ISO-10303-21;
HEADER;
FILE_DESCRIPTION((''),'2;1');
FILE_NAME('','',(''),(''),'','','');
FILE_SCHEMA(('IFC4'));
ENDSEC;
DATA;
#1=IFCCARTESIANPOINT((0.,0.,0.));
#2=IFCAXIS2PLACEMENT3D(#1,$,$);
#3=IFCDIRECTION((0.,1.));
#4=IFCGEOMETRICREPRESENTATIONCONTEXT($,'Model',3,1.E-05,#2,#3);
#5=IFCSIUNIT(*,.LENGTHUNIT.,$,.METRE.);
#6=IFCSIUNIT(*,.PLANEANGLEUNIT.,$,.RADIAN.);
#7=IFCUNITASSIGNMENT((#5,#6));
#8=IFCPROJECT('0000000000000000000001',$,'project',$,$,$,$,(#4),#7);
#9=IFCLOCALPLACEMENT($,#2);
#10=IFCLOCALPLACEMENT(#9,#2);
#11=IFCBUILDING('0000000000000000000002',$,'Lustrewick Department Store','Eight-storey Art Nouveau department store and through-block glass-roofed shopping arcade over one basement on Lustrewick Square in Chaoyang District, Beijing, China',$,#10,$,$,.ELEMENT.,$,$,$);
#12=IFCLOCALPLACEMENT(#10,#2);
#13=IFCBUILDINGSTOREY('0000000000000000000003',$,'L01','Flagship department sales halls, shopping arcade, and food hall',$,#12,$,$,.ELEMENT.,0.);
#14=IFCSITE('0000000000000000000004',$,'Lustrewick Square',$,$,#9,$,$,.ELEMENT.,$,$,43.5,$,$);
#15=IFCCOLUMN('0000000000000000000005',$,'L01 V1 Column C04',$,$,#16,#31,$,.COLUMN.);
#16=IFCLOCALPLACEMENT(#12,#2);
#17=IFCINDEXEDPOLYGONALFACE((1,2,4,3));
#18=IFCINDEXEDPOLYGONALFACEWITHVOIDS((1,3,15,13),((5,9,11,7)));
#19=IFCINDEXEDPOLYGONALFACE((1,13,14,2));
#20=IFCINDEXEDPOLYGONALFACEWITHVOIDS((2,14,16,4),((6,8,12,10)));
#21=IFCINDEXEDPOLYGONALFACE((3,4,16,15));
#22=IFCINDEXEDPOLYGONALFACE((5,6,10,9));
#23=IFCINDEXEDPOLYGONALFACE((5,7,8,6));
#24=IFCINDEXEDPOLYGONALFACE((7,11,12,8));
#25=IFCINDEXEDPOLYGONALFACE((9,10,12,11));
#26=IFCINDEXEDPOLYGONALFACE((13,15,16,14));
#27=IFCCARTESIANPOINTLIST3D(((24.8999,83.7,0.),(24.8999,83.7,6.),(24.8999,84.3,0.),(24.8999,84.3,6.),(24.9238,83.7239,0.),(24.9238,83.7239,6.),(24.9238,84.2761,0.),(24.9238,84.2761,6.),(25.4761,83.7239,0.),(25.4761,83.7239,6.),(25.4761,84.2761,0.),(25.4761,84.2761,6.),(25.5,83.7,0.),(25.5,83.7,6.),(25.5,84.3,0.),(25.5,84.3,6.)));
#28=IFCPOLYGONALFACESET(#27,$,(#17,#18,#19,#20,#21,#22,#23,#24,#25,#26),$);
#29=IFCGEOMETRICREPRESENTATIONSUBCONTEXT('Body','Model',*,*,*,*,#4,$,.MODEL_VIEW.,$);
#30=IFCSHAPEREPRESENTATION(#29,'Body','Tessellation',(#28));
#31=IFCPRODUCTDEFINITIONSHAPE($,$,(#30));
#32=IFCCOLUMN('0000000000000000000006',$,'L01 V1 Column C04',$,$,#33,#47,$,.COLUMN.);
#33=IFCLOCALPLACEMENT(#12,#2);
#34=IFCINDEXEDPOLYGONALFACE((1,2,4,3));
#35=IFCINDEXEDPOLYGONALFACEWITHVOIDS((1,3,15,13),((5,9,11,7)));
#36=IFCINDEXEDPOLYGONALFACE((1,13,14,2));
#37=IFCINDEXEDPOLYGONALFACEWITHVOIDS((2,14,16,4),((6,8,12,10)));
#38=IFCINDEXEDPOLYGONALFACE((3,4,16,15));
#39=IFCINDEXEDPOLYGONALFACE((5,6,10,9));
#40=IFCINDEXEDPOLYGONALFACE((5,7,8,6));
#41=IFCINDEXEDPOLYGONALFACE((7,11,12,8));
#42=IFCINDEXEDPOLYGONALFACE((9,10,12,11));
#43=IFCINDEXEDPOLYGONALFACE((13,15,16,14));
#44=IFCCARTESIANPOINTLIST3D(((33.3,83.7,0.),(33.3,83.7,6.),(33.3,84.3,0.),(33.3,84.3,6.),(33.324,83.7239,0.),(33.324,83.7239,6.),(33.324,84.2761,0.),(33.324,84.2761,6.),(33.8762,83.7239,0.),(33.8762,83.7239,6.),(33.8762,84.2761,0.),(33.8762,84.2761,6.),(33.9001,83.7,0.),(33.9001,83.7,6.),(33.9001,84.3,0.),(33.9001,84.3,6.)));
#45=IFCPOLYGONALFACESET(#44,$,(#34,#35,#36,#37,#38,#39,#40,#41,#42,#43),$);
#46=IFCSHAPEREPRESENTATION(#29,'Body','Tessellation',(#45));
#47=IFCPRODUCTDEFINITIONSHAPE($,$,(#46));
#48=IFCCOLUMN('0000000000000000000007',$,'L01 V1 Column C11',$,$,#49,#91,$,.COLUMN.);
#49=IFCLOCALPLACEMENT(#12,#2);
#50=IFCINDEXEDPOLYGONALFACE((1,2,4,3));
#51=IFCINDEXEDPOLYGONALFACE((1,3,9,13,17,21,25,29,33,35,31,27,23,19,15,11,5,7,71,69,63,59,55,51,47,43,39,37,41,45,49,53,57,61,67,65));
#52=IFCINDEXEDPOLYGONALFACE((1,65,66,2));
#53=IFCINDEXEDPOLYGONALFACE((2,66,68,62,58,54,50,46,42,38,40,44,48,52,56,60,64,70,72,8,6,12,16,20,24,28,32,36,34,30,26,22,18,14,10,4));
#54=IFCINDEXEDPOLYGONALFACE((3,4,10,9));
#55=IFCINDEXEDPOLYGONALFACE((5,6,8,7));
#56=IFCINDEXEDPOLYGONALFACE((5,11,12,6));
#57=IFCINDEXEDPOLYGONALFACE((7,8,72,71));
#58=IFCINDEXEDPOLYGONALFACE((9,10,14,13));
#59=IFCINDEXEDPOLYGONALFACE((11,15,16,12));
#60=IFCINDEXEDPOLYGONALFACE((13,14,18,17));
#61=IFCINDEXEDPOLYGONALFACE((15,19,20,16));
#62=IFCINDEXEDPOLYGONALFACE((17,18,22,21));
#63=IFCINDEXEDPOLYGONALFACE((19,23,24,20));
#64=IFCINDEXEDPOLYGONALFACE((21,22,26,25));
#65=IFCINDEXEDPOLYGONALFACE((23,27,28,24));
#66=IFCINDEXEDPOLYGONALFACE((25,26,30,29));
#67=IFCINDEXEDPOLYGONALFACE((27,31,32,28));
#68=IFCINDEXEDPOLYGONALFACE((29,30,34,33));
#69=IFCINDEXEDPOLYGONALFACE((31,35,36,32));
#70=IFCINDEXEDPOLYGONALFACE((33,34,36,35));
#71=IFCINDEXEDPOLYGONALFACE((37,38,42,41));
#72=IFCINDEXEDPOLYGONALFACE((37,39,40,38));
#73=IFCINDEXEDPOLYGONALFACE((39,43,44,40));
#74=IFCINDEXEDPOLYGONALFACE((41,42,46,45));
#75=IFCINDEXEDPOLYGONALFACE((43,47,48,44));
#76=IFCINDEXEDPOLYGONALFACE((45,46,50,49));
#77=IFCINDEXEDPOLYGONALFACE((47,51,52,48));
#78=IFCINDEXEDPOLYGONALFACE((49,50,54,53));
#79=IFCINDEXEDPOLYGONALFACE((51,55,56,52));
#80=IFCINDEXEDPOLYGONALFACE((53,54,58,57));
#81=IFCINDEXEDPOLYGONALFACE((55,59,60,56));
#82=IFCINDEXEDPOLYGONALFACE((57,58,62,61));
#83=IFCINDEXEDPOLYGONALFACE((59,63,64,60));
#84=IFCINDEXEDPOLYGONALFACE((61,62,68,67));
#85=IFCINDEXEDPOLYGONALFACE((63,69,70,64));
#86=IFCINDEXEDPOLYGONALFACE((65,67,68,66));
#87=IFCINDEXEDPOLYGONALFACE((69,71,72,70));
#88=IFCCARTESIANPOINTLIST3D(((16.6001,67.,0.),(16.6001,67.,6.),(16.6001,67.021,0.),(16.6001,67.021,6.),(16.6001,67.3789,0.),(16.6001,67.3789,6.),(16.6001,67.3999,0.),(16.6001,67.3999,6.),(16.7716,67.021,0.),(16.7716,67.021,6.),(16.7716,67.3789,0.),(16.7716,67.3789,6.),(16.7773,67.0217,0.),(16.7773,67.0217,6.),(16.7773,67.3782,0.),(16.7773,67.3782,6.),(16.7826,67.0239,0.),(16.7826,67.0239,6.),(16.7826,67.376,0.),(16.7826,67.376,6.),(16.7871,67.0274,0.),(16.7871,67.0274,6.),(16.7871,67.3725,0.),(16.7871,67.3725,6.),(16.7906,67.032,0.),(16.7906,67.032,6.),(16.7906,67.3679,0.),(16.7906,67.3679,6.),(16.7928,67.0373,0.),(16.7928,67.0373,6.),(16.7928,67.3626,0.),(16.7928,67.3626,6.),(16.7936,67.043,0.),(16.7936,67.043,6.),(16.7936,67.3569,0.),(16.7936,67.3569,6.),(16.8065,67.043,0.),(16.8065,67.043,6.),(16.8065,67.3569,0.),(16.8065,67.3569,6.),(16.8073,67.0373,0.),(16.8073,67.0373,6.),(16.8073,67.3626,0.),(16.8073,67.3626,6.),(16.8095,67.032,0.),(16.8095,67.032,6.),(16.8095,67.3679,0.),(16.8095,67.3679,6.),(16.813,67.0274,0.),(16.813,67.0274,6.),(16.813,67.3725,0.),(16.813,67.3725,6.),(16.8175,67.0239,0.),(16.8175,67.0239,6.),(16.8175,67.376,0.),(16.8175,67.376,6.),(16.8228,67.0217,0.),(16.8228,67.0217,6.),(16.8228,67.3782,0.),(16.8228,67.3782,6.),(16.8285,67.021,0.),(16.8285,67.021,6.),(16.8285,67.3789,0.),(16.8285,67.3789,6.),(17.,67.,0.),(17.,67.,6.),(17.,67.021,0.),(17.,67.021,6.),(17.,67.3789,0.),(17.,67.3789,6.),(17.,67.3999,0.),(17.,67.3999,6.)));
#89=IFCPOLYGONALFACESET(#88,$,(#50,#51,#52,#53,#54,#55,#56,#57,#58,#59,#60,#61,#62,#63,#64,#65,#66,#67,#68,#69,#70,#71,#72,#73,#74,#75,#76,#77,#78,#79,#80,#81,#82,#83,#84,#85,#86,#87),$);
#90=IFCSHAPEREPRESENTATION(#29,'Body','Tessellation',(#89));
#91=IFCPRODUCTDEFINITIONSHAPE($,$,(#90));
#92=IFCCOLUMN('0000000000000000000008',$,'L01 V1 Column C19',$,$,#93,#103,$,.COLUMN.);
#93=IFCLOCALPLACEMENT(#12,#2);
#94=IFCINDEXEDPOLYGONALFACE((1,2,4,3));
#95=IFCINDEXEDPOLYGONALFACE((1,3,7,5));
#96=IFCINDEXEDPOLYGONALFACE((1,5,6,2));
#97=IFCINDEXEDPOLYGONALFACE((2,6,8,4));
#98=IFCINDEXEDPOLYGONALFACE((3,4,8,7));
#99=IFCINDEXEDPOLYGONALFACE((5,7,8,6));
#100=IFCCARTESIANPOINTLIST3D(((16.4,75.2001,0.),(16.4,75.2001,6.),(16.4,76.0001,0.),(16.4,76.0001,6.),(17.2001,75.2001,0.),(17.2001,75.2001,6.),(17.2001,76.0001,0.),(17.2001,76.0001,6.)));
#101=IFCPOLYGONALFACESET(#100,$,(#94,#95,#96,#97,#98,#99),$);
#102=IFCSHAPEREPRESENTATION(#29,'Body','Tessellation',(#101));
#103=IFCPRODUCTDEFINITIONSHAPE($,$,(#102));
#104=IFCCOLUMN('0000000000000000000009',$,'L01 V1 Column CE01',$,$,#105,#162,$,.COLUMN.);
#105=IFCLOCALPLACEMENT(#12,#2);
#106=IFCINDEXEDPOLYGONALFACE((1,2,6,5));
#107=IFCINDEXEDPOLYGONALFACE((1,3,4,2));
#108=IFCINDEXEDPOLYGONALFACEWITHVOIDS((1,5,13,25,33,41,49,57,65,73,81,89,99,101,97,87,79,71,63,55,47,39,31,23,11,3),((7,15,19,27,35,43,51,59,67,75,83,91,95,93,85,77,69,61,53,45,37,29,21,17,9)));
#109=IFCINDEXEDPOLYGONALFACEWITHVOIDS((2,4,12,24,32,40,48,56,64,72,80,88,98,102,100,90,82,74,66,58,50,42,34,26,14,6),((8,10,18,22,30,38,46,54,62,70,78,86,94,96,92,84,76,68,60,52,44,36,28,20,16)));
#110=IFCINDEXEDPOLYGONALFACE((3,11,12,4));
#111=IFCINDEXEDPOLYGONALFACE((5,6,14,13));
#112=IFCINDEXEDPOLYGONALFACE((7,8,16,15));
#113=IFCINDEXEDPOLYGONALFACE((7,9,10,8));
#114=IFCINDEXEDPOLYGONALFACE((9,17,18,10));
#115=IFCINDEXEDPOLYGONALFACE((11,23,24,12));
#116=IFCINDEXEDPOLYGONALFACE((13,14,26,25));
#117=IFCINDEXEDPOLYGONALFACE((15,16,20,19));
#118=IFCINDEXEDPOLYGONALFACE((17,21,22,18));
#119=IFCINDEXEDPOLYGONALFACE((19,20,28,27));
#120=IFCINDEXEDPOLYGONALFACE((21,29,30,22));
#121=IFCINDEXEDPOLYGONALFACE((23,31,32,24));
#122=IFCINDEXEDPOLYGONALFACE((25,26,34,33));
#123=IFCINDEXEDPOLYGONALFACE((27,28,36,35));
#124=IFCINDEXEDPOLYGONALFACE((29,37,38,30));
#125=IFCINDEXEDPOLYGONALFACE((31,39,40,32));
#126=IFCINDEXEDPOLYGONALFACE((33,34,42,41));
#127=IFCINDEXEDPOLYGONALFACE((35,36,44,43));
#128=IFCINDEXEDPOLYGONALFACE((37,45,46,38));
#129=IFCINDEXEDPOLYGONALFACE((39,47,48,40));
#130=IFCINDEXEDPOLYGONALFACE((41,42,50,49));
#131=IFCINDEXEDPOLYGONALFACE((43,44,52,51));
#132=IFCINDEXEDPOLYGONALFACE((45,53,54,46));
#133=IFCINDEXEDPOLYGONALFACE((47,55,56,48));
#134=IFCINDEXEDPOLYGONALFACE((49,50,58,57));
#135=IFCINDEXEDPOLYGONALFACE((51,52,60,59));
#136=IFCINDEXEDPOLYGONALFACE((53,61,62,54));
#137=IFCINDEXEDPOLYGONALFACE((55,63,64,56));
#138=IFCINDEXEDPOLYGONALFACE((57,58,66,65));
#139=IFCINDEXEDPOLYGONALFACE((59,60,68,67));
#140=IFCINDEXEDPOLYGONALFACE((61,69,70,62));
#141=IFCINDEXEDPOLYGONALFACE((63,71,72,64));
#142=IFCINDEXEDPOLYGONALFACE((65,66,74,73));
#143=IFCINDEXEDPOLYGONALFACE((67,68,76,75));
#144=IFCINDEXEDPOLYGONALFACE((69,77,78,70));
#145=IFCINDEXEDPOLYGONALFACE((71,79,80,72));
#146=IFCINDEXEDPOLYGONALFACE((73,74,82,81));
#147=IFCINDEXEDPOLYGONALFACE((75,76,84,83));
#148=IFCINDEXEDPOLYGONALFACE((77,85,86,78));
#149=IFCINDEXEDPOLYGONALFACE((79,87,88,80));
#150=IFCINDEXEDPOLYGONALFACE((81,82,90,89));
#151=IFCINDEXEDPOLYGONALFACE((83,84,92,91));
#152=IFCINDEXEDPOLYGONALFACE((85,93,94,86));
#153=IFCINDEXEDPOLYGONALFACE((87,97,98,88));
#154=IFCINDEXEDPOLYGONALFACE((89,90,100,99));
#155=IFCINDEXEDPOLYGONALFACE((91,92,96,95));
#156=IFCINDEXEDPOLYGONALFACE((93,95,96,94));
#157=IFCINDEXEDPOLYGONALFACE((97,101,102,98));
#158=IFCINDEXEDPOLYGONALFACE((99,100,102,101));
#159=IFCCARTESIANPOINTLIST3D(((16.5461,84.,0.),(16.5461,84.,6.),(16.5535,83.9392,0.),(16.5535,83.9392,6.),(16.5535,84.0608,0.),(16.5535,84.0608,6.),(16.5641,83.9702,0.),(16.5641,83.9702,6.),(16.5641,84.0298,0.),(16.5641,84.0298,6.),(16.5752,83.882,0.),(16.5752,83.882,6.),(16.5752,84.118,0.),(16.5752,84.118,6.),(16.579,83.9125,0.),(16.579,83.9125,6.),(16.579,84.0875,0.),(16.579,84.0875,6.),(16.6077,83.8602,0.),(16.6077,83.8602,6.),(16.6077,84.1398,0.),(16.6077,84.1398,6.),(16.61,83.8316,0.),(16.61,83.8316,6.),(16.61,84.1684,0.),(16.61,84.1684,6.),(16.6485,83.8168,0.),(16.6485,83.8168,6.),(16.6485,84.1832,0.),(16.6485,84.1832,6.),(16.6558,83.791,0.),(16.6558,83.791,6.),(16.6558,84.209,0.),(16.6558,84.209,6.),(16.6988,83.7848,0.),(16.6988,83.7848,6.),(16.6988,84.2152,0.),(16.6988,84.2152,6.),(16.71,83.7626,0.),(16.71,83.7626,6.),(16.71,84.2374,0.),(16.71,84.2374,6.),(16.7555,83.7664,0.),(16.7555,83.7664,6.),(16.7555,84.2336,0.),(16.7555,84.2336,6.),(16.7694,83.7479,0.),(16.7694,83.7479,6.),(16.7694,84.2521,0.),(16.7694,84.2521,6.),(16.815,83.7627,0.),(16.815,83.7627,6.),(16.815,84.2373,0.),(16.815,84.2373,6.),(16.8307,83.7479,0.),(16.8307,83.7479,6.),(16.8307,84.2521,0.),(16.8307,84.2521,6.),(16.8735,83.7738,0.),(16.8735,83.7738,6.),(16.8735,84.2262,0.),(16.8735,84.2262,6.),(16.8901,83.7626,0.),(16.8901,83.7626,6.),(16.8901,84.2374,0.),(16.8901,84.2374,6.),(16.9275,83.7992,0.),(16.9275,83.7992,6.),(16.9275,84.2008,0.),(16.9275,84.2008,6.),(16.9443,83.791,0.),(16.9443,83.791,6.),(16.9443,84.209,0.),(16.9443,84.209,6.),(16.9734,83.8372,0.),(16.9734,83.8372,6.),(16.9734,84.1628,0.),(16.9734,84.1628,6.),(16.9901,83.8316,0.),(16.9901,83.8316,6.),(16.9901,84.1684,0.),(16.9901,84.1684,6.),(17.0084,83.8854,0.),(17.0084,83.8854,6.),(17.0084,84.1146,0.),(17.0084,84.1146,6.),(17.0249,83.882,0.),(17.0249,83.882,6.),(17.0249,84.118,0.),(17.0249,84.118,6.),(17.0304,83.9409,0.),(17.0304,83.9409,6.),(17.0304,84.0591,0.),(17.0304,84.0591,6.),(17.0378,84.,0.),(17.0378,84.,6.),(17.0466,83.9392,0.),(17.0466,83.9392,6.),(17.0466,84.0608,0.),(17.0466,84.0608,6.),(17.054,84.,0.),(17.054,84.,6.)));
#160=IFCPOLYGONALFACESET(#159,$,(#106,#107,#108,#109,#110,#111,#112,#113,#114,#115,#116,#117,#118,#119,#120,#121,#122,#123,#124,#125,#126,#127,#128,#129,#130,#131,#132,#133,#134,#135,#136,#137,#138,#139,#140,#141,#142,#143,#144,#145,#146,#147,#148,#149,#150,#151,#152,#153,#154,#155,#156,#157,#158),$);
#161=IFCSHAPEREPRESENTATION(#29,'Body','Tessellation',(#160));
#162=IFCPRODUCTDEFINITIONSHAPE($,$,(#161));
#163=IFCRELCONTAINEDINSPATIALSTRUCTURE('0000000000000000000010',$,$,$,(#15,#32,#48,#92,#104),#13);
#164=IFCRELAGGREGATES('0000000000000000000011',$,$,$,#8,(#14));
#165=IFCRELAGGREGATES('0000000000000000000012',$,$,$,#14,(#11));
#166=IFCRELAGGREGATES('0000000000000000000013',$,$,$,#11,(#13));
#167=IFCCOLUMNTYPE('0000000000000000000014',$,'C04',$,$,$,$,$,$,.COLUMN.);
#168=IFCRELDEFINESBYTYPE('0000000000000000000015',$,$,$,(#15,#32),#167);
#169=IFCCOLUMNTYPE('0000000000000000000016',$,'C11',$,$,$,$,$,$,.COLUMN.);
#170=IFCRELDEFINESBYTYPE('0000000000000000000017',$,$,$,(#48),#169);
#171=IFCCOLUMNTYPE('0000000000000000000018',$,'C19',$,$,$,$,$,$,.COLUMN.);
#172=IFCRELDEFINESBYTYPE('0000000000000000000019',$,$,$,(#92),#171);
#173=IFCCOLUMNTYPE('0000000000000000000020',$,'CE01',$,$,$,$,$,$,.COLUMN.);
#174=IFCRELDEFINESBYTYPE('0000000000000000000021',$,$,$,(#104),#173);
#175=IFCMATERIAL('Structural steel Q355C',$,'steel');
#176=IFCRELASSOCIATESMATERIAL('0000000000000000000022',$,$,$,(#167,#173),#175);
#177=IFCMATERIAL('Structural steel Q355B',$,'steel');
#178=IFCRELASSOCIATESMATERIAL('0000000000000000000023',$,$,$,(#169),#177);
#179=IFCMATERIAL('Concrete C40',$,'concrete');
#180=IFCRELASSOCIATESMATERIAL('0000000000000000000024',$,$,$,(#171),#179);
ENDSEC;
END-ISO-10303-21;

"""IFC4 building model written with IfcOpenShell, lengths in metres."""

from ifc_helpers import new_model, si_unit, direction, frame, origin, origin_2d, place, context, subcontext, project, spatial, rectangle, hollow_rectangle, hollow_circle, i_section, extrude, material, material_profile, profile_set, type_object, element, save


model = new_model("IFC4")

# Units and contexts
model_context = context("Model", 3, precision=1e-05, world=origin(), true_north=direction((0.0, 1.0)))
body_context = subcontext(model_context, "Body", "Model", "MODEL_VIEW")
ifc_project = project(units=[si_unit("LENGTHUNIT", "METRE"), si_unit("PLANEANGLEUNIT", "RADIAN")], contexts=[model_context])

# Site, building, storey
site_placement = place(None, origin())
site = spatial("IfcSite", under=ifc_project, at=site_placement, Name="Lustrewick Square", CompositionType="ELEMENT", RefElevation=43.5)
building_placement = place(site_placement, origin())
building = spatial("IfcBuilding", under=site, at=building_placement, Name="Lustrewick Department Store", Description="Eight-storey Art Nouveau department store and through-block glass-roofed shopping arcade over one basement on Lustrewick Square in Chaoyang District, Beijing, China", CompositionType="ELEMENT")
storey_placement = place(building_placement, origin())
storey = spatial("IfcBuildingStorey", under=building, at=storey_placement, Name="L01", Description="Flagship department sales halls, shopping arcade, and food hall", CompositionType="ELEMENT", Elevation=0.0)

# Columns
ifc_material_1 = material(Name="Structural steel Q355C", Category="steel")
ifc_material_profile_1 = material_profile(ifc_material_1, hollow_rectangle(XDim=0.6001, YDim=0.6001, WallThickness=0.0239, at=origin_2d()), Name="BOX 600x600x24")
ifc_profile_set_1 = profile_set([ifc_material_profile_1], Name="Structural steel Q355C")
column_type_1 = type_object("IfcColumnType", Name="C04", PredefinedType="COLUMN", material=ifc_profile_set_1)
for number, where, z_axis, x_axis, name in (
    (1, (25.2, 84.0, 0.0), (0.0, 0.0, 1.0), (1.0, 0.0, 0.0), "L01 V1 Column C04"),
    (2, (33.6001, 84.0, 0.0), (0.0, 0.0, 1.0), (1.0, 0.0, 0.0), "L01 V1 Column C04"),
):
    element("IfcColumn", number, at=place(storey_placement, frame(where, z_axis=z_axis, x_axis=x_axis)), inside=storey, type_object=column_type_1, Name=name, PredefinedType="COLUMN", context=body_context, shape_type="SweptSolid", body=[
        extrude(hollow_rectangle(XDim=0.6001, YDim=0.6001, WallThickness=0.0239, at=origin_2d()), origin(), (0.0, 0.0, 1.0), 6.0),
    ])
ifc_material_2 = material(Name="Structural steel Q355B", Category="steel")
ifc_material_profile_2 = material_profile(ifc_material_2, i_section(OverallWidth=0.3999, OverallDepth=0.3999, WebThickness=0.0129, FlangeThickness=0.021, FilletRadius=0.022, at=origin_2d()), Name="HW 400x400x13x21")
ifc_profile_set_2 = profile_set([ifc_material_profile_2], Name="Structural steel Q355B")
column_type_2 = type_object("IfcColumnType", Name="C11", PredefinedType="COLUMN", material=ifc_profile_set_2)
column_1_placement = place(storey_placement, frame((16.8, 67.2, 0.0), z_axis=(0.0, 0.0, 1.0), x_axis=(1.0, 0.0, 0.0)))
element("IfcColumn", 3, at=column_1_placement, inside=storey, type_object=column_type_2, Name="L01 V1 Column C11", PredefinedType="COLUMN", context=body_context, shape_type="SweptSolid", body=[
    extrude(i_section(OverallWidth=0.3999, OverallDepth=0.3999, WebThickness=0.0129, FlangeThickness=0.021, FilletRadius=0.022, at=origin_2d()), origin(), (0.0, 0.0, 1.0), 6.0),
])
ifc_material_3 = material(Name="Concrete C40", Category="concrete")
ifc_material_profile_3 = material_profile(ifc_material_3, rectangle(XDim=0.8, YDim=0.8, at=origin_2d()), Name="RC 800x800")
ifc_profile_set_3 = profile_set([ifc_material_profile_3], Name="Concrete C40")
column_type_3 = type_object("IfcColumnType", Name="C19", PredefinedType="COLUMN", material=ifc_profile_set_3)
column_2_placement = place(storey_placement, frame((16.8, 75.6001, 0.0), z_axis=(0.0, 0.0, 1.0), x_axis=(1.0, 0.0, 0.0)))
element("IfcColumn", 4, at=column_2_placement, inside=storey, type_object=column_type_3, Name="L01 V1 Column C19", PredefinedType="COLUMN", context=body_context, shape_type="SweptSolid", body=[
    extrude(rectangle(XDim=0.8, YDim=0.8, at=origin_2d()), origin(), (0.0, 0.0, 1.0), 6.0),
])
ifc_material_profile_4 = material_profile(ifc_material_1, hollow_circle(Radius=0.2539, WallThickness=0.0161, at=origin_2d()), Name="CHS 508x16")
ifc_profile_set_4 = profile_set([ifc_material_profile_4], Name="Structural steel Q355C")
column_type_4 = type_object("IfcColumnType", Name="CE01", PredefinedType="COLUMN", material=ifc_profile_set_4)
column_3_placement = place(storey_placement, frame((16.8, 84.0, 0.0), z_axis=(0.0, 0.0, 1.0), x_axis=(1.0, 0.0, 0.0)))
element("IfcColumn", 5, at=column_3_placement, inside=storey, type_object=column_type_4, Name="L01 V1 Column CE01", PredefinedType="COLUMN", context=body_context, shape_type="SweptSolid", body=[
    extrude(hollow_circle(Radius=0.2539, WallThickness=0.0161, at=origin_2d()), origin(), (0.0, 0.0, 1.0), 6.0),
])

save(model, "model.ifc")
